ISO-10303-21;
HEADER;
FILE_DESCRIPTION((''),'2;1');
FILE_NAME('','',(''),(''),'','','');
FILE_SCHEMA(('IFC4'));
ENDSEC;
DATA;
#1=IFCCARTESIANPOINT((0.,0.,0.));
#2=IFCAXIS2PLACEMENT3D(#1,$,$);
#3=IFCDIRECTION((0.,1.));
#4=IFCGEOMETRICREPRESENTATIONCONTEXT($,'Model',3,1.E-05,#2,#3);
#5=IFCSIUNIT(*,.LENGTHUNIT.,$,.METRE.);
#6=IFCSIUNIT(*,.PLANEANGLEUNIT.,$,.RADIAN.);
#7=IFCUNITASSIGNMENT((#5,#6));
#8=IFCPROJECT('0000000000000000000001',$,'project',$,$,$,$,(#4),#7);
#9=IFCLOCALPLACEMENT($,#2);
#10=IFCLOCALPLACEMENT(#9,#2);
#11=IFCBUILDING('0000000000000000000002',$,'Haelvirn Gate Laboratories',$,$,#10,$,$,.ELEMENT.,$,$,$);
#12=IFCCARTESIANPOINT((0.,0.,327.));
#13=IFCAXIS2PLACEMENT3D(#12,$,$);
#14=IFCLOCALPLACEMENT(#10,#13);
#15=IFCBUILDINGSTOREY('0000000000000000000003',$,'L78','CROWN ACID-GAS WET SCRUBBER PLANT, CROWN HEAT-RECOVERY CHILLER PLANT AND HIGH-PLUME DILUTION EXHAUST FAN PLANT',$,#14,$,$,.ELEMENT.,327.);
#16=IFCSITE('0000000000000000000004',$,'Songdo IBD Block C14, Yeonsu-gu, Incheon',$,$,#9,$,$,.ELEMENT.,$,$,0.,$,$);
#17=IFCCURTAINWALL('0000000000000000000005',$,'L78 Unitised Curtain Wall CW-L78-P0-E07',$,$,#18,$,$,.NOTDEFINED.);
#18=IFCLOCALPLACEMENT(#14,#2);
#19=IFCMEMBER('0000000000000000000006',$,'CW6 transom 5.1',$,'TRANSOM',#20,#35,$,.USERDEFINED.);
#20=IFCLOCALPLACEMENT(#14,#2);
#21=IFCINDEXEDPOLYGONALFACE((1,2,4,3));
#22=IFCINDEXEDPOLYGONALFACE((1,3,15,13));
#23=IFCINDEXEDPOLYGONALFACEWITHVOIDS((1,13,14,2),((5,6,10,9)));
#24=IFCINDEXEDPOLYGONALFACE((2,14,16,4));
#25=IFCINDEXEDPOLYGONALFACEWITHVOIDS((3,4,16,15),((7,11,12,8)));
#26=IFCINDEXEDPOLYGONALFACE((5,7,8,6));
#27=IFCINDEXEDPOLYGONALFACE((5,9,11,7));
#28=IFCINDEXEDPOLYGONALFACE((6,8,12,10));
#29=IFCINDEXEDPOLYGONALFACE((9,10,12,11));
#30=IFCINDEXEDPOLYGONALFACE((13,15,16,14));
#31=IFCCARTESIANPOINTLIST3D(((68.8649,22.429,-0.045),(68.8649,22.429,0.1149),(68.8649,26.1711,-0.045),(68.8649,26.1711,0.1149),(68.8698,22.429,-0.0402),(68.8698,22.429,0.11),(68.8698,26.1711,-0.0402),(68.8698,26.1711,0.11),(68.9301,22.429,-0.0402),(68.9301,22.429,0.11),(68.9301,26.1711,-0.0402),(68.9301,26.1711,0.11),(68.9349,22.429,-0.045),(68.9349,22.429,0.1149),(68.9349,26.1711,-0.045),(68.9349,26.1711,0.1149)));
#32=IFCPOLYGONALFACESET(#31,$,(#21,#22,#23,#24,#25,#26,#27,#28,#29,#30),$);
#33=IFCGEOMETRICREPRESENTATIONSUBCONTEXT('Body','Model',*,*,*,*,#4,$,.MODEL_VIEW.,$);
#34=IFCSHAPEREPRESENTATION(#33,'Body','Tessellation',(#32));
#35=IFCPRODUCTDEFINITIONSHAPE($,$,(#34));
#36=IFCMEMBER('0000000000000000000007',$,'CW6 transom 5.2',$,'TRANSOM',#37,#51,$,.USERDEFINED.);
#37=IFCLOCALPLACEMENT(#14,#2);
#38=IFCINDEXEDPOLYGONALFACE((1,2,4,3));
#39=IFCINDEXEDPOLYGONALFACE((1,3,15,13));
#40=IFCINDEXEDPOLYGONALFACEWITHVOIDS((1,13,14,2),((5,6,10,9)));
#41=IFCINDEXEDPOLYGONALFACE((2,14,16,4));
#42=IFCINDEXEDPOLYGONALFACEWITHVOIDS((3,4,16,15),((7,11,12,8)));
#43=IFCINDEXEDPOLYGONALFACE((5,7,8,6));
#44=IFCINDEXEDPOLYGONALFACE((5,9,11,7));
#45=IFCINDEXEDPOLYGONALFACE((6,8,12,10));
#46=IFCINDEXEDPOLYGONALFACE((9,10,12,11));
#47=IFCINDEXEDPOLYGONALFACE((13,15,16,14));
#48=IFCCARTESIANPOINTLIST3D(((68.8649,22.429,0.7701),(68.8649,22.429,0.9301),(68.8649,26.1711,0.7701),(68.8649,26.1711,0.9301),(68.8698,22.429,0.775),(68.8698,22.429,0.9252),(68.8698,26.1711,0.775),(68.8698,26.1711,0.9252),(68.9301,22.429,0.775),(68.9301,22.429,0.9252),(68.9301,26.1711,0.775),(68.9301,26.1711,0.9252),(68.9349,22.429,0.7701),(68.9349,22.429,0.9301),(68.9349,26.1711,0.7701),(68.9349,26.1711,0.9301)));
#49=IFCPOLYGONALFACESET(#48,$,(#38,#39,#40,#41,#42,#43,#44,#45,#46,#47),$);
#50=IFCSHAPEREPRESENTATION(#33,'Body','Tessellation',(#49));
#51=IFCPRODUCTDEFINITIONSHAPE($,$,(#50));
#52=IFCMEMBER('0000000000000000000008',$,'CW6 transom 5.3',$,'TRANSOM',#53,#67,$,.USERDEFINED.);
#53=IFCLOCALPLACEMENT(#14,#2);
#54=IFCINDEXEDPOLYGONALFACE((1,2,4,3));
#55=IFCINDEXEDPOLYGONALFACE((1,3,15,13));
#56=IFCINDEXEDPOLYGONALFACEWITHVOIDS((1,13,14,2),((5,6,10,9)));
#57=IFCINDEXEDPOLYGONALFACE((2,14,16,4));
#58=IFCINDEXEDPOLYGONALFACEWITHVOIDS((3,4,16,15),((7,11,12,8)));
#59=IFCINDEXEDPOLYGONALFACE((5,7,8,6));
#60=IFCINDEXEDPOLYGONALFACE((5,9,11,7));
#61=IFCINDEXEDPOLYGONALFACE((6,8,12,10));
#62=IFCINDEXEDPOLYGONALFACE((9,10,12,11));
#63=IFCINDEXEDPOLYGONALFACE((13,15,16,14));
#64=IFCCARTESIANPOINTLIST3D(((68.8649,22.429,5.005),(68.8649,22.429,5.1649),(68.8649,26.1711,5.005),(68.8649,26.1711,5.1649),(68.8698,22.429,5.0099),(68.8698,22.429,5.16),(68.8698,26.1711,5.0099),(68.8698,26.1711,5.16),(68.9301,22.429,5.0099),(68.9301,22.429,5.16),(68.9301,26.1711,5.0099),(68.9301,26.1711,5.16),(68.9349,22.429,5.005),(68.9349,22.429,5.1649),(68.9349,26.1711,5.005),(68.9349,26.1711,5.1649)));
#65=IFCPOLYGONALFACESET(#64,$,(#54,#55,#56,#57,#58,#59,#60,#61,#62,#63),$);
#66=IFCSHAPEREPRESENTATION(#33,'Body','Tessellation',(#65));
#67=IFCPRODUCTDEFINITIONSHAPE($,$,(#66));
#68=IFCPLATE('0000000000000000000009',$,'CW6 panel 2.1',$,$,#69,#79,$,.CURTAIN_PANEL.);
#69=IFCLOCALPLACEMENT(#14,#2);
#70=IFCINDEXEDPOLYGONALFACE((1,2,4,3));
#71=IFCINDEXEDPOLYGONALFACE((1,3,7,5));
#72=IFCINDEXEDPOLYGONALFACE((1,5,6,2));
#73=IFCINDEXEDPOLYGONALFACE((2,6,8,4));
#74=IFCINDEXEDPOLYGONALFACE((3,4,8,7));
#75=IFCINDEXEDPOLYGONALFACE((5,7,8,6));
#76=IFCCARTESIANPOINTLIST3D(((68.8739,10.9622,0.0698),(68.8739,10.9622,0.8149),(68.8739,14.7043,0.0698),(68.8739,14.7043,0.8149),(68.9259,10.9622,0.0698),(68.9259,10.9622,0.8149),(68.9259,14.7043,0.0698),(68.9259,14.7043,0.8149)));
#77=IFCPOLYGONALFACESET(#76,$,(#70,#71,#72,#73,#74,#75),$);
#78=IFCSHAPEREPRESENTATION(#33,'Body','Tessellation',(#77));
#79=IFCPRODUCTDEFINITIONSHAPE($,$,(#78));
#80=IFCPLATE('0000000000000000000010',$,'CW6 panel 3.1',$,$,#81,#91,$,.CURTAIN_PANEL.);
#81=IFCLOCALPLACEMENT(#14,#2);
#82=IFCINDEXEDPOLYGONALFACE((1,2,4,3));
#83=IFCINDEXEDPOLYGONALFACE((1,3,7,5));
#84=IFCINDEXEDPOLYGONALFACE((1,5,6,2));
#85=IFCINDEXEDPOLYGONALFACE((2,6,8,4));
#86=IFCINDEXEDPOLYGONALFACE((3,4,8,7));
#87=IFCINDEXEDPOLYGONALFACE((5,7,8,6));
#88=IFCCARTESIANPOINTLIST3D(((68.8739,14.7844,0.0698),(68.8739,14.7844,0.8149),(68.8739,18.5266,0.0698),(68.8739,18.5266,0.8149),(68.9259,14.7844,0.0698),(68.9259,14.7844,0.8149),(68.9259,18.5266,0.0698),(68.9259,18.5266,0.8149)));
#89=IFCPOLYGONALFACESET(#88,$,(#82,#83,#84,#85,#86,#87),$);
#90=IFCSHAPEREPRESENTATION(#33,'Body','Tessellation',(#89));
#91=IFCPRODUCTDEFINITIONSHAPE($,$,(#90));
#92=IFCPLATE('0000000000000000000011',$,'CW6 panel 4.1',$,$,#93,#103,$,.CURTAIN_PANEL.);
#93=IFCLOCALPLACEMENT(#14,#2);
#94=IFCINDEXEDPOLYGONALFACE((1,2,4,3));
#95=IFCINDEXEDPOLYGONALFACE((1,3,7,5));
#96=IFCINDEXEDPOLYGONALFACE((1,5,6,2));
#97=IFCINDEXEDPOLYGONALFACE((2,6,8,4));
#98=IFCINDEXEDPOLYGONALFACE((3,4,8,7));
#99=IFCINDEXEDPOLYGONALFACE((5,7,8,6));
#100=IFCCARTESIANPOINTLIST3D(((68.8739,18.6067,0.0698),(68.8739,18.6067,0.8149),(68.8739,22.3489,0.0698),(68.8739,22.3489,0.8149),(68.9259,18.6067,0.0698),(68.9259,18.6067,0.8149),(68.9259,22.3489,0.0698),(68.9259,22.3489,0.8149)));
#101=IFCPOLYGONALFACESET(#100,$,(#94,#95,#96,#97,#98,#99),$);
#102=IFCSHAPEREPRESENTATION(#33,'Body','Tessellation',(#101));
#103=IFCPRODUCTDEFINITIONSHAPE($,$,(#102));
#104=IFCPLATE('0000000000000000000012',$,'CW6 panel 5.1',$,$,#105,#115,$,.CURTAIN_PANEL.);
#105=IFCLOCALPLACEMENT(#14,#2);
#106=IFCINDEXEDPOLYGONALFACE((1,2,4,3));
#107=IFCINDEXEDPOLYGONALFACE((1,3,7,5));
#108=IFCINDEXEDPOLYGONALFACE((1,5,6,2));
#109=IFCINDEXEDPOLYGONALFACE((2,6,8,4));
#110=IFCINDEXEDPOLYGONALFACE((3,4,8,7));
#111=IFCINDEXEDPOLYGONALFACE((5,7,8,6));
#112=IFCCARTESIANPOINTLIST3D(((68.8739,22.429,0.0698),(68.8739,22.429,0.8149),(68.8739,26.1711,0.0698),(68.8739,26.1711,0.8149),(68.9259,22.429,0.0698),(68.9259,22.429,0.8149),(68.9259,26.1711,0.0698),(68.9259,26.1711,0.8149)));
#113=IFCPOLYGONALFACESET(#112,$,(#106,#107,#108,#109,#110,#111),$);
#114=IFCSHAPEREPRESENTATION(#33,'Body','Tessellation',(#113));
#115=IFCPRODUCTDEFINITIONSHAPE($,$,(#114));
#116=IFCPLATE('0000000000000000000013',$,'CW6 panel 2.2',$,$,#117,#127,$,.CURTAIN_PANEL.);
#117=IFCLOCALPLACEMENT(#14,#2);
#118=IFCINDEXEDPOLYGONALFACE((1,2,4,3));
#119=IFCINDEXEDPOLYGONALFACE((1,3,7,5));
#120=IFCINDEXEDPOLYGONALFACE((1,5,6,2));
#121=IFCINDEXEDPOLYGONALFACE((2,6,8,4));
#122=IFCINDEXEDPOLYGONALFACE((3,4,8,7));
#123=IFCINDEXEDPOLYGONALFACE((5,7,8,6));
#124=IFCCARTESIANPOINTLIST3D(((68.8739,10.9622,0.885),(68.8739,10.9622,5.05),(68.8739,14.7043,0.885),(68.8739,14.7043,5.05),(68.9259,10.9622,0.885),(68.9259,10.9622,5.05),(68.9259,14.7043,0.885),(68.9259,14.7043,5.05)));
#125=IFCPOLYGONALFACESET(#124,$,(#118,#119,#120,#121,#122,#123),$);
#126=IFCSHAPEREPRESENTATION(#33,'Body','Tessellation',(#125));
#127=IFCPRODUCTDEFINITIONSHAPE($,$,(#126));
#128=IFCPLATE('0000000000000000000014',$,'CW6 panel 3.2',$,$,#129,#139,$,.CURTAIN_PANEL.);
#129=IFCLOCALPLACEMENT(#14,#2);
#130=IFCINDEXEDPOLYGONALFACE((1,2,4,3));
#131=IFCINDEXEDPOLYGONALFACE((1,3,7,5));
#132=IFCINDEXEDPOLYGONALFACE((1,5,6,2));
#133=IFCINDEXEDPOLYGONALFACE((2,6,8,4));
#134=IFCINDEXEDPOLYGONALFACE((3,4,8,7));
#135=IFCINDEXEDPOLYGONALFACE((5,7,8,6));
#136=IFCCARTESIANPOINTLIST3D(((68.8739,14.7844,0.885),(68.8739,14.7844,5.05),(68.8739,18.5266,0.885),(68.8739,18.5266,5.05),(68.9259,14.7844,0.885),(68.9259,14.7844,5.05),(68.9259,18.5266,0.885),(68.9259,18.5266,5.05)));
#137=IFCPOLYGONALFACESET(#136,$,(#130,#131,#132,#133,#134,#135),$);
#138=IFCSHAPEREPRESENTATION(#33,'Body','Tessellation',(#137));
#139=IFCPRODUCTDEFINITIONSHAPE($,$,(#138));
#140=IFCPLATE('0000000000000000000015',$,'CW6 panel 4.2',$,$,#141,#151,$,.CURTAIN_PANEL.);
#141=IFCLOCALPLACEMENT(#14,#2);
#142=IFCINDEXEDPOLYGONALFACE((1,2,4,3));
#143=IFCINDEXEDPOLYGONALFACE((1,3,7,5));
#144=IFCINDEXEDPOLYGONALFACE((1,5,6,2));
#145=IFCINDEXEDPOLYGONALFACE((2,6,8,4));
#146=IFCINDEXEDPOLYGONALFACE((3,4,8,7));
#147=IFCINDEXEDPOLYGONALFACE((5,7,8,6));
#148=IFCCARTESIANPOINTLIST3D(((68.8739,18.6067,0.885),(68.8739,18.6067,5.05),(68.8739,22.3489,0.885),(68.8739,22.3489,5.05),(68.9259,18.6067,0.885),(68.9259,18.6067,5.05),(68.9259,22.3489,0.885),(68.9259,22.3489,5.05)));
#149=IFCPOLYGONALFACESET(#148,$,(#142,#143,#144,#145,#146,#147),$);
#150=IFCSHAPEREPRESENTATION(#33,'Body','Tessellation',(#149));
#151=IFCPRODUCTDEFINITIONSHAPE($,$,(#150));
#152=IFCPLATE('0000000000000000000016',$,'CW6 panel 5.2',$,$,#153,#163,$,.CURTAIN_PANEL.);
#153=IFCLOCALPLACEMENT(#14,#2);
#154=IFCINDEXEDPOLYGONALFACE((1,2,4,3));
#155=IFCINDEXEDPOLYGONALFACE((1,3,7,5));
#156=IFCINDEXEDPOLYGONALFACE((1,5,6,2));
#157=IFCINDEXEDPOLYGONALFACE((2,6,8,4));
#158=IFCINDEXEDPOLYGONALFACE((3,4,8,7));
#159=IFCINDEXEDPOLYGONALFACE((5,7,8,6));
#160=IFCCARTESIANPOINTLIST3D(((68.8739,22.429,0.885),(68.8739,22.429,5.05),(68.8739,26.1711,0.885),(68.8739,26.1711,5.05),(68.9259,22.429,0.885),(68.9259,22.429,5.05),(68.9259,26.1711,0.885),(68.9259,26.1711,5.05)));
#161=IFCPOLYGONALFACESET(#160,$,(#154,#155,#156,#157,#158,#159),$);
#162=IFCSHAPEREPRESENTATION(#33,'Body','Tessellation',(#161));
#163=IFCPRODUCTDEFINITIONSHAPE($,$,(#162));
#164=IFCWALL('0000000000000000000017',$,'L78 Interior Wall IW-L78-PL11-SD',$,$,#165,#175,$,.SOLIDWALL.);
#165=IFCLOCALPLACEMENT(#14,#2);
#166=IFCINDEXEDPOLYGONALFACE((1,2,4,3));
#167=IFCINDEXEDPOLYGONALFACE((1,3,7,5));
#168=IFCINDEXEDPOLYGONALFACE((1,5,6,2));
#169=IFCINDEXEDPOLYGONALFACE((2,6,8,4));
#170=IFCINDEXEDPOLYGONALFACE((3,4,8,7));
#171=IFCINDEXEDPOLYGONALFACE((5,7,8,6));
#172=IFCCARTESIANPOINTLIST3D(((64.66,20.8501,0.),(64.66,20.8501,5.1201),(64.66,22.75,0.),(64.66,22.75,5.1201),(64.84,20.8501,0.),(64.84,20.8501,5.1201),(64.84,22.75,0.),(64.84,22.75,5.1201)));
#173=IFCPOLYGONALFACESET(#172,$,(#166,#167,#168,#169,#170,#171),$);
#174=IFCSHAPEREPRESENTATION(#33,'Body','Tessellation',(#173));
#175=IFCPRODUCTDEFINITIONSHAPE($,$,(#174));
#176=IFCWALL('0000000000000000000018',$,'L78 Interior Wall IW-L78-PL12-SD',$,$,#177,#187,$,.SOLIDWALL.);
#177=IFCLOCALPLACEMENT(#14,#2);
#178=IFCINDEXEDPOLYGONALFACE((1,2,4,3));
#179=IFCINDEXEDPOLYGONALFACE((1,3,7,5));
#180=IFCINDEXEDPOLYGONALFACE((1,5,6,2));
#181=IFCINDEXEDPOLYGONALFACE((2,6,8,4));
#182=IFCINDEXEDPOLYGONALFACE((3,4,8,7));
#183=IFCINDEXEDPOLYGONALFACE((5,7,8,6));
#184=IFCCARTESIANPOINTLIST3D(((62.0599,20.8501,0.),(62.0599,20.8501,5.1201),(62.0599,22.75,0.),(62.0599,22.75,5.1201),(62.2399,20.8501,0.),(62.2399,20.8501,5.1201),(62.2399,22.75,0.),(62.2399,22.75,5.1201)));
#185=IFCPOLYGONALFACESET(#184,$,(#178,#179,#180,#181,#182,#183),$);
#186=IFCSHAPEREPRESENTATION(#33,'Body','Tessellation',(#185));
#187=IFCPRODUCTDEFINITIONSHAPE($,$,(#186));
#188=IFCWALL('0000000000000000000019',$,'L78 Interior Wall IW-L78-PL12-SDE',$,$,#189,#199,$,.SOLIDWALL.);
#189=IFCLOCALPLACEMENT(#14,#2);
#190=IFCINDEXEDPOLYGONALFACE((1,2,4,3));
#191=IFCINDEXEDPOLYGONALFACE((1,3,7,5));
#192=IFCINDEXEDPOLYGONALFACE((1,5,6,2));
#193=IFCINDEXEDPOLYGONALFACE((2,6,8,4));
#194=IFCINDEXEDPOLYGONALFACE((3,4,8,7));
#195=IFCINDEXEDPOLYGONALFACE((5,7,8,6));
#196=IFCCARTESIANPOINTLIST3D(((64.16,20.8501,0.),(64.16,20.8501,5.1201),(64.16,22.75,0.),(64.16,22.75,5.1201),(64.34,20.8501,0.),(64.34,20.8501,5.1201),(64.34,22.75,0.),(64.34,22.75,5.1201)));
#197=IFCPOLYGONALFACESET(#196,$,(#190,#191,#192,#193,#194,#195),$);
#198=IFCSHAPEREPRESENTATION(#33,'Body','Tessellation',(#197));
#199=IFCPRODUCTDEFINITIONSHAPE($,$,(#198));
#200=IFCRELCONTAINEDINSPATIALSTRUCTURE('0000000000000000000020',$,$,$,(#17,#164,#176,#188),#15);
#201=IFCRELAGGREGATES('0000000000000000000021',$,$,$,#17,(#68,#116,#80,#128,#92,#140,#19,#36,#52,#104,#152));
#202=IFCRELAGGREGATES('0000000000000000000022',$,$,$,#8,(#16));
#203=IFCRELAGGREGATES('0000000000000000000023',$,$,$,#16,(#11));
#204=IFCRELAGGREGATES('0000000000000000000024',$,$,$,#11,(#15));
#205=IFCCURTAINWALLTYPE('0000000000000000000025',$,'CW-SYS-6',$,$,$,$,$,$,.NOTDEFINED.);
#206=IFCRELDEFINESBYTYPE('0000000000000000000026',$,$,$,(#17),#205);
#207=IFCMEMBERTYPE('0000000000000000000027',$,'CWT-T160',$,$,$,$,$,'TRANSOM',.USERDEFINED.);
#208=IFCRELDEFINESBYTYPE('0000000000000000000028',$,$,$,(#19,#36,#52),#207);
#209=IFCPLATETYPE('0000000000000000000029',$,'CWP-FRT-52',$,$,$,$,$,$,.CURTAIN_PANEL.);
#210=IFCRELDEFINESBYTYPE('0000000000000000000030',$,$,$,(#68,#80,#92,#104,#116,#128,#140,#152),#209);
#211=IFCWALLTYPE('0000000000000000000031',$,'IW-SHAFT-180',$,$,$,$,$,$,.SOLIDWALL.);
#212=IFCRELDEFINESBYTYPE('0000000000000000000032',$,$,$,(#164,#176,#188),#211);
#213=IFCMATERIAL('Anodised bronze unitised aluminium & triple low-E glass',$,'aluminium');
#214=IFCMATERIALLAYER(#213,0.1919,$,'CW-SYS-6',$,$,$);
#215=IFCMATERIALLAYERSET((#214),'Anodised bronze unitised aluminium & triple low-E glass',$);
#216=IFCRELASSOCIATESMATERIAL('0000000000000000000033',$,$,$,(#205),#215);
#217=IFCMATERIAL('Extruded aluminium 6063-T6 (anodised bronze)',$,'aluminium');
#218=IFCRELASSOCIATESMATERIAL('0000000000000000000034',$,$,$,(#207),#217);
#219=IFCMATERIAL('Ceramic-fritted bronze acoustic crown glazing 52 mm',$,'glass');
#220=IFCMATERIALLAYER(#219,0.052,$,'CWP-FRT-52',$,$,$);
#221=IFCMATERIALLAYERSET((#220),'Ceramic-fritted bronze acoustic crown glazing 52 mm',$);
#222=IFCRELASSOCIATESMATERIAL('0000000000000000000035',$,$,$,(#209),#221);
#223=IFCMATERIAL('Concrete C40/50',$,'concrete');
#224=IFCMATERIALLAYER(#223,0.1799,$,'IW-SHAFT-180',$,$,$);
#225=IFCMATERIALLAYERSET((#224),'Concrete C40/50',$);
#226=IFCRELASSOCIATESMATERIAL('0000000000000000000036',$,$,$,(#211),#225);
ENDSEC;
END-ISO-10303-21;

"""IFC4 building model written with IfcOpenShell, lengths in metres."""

from ifc_helpers import new_model, si_unit, direction, frame, frame_2d, origin, origin_2d, place, context, subcontext, project, spatial, rectangle, hollow_rectangle, extrude, source, transform, mapped, material, layer, layer_set, material_profile, profile_set, type_object, type_shapes, element, aggregate, save


model = new_model("IFC4")

# Units and contexts
model_context = context("Model", 3, precision=1e-05, world=origin(), true_north=direction((0.0, 1.0)))
body_context = subcontext(model_context, "Body", "Model", "MODEL_VIEW")
ifc_project = project(units=[si_unit("LENGTHUNIT", "METRE"), si_unit("PLANEANGLEUNIT", "RADIAN")], contexts=[model_context])

# Site, building, storey
site_placement = place(None, origin())
site = spatial("IfcSite", under=ifc_project, at=site_placement, Name="Songdo IBD Block C14, Yeonsu-gu, Incheon", CompositionType="ELEMENT", RefElevation=0.0)
building_placement = place(site_placement, origin())
building = spatial("IfcBuilding", under=site, at=building_placement, Name="Haelvirn Gate Laboratories", CompositionType="ELEMENT")
storey_placement = place(building_placement, frame((0.0, 0.0, 327.0)))
storey = spatial("IfcBuildingStorey", under=building, at=storey_placement, Name="L78", Description="CROWN ACID-GAS WET SCRUBBER PLANT, CROWN HEAT-RECOVERY CHILLER PLANT AND HIGH-PLUME DILUTION EXHAUST FAN PLANT", CompositionType="ELEMENT", Elevation=327.0)

# Curtain wall, members, plates
ifc_material_1 = material(Name="Anodised bronze unitised aluminium & triple low-E glass", Category="aluminium")
ifc_layer_1 = layer(ifc_material_1, 0.1919, Name="CW-SYS-6")
ifc_layer_set_1 = layer_set([ifc_layer_1], Name="Anodised bronze unitised aluminium & triple low-E glass")
curtain_wall_type = type_object("IfcCurtainWallType", Name="CW-SYS-6", PredefinedType="NOTDEFINED", material=ifc_layer_set_1)
curtain_wall_placement = place(storey_placement, origin())
curtain_wall = element("IfcCurtainWall", 1, at=curtain_wall_placement, inside=storey, type_object=curtain_wall_type, Name="L78 Unitised Curtain Wall CW-L78-P0-E07", PredefinedType="NOTDEFINED")
ifc_material_2 = material(Name="Extruded aluminium 6063-T6 (anodised bronze)", Category="aluminium")
ifc_material_profile_1 = material_profile(ifc_material_2, hollow_rectangle(XDim=0.0701, YDim=0.1599, WallThickness=0.0049, at=origin_2d()), Name="CWT-160x70x5")
ifc_profile_set_1 = profile_set([ifc_material_profile_1], Name="Extruded aluminium 6063-T6 (anodised bronze)")
member_type_1 = type_object("IfcMemberType", Name="CWT-T160", ElementType="TRANSOM", PredefinedType="USERDEFINED", material=ifc_profile_set_1)
shared_shape_1 = source(origin(), body_context, "Body", "SweptSolid", [
    extrude(hollow_rectangle(XDim=0.0701, YDim=0.1599, WallThickness=0.0049, at=origin_2d()), origin(), (0.0, 0.0, 1.0), 3.7422),
])
type_shapes(member_type_1, [shared_shape_1])
member_1_placement = place(storey_placement, frame((68.8999, 22.429, 0.0349), z_axis=(0.0, 1.0, 0.0), x_axis=(-1.0, 0.0, 0.0)))
member_1 = element("IfcMember", 2, at=member_1_placement, type_object=member_type_1, Name="CW6 transom 5.1", ObjectType="TRANSOM", PredefinedType="USERDEFINED", context=body_context, shape_type="MappedRepresentation", body=[
    mapped(shared_shape_1, transform((0.0, 0.0, 0.0), scale=1.0)),
])
member_2_placement = place(storey_placement, frame((68.8999, 22.429, 0.8501), z_axis=(0.0, 1.0, 0.0), x_axis=(-1.0, 0.0, 0.0)))
member_2 = element("IfcMember", 3, at=member_2_placement, type_object=member_type_1, Name="CW6 transom 5.2", ObjectType="TRANSOM", PredefinedType="USERDEFINED", context=body_context, shape_type="MappedRepresentation", body=[
    mapped(shared_shape_1, transform((0.0, 0.0, 0.0), scale=1.0)),
])
member_3_placement = place(storey_placement, frame((68.8999, 22.429, 5.085), z_axis=(0.0, 1.0, 0.0), x_axis=(-1.0, 0.0, 0.0)))
member_3 = element("IfcMember", 4, at=member_3_placement, type_object=member_type_1, Name="CW6 transom 5.3", ObjectType="TRANSOM", PredefinedType="USERDEFINED", context=body_context, shape_type="MappedRepresentation", body=[
    mapped(shared_shape_1, transform((0.0, 0.0, 0.0), scale=1.0)),
])
ifc_material_3 = material(Name="Ceramic-fritted bronze acoustic crown glazing 52 mm", Category="glass")
ifc_layer_2 = layer(ifc_material_3, 0.052, Name="CWP-FRT-52")
ifc_layer_set_2 = layer_set([ifc_layer_2], Name="Ceramic-fritted bronze acoustic crown glazing 52 mm")
plate_type = type_object("IfcPlateType", Name="CWP-FRT-52", PredefinedType="CURTAIN_PANEL", material=ifc_layer_set_2)
shared_shape_2 = source(origin(), body_context, "Body", "SweptSolid", [
    extrude(rectangle(XDim=3.7422, YDim=0.052, at=origin_2d()), origin(), (0.0, 0.0, 1.0), 0.7451),
])
plate_1_placement = place(storey_placement, frame((68.8999, 12.8333, 0.0698), z_axis=(0.0, 0.0, 1.0), x_axis=(0.0, 1.0, 0.0)))
plate_1 = element("IfcPlate", 5, at=plate_1_placement, type_object=plate_type, Name="CW6 panel 2.1", PredefinedType="CURTAIN_PANEL", context=body_context, shape_type="MappedRepresentation", body=[
    mapped(shared_shape_2, transform((0.0, 0.0, 0.0), scale=1.0)),
])
plate_2_placement = place(storey_placement, frame((68.8999, 16.6555, 0.0698), z_axis=(0.0, 0.0, 1.0), x_axis=(0.0, 1.0, 0.0)))
plate_2 = element("IfcPlate", 6, at=plate_2_placement, type_object=plate_type, Name="CW6 panel 3.1", PredefinedType="CURTAIN_PANEL", context=body_context, shape_type="MappedRepresentation", body=[
    mapped(shared_shape_2, transform((0.0, 0.0, 0.0), scale=1.0)),
])
plate_3_placement = place(storey_placement, frame((68.8999, 20.4778, 0.0698), z_axis=(0.0, 0.0, 1.0), x_axis=(0.0, 1.0, 0.0)))
plate_3 = element("IfcPlate", 7, at=plate_3_placement, type_object=plate_type, Name="CW6 panel 4.1", PredefinedType="CURTAIN_PANEL", context=body_context, shape_type="MappedRepresentation", body=[
    mapped(shared_shape_2, transform((0.0, 0.0, 0.0), scale=1.0)),
])
plate_4_placement = place(storey_placement, frame((68.8999, 24.3, 0.0698), z_axis=(0.0, 0.0, 1.0), x_axis=(0.0, 1.0, 0.0)))
plate_4 = element("IfcPlate", 8, at=plate_4_placement, type_object=plate_type, Name="CW6 panel 5.1", PredefinedType="CURTAIN_PANEL", context=body_context, shape_type="MappedRepresentation", body=[
    mapped(shared_shape_2, transform((0.0, 0.0, 0.0), scale=1.0)),
])
shared_shape_3 = source(origin(), body_context, "Body", "SweptSolid", [
    extrude(rectangle(XDim=3.7422, YDim=0.052, at=origin_2d()), origin(), (0.0, 0.0, 1.0), 4.165),
])
type_shapes(plate_type, [shared_shape_2, shared_shape_3])
plate_5_placement = place(storey_placement, frame((68.8999, 12.8333, 0.885), z_axis=(0.0, 0.0, 1.0), x_axis=(0.0, 1.0, 0.0)))
plate_5 = element("IfcPlate", 9, at=plate_5_placement, type_object=plate_type, Name="CW6 panel 2.2", PredefinedType="CURTAIN_PANEL", context=body_context, shape_type="MappedRepresentation", body=[
    mapped(shared_shape_3, transform((0.0, 0.0, 0.0), scale=1.0)),
])
plate_6_placement = place(storey_placement, frame((68.8999, 16.6555, 0.885), z_axis=(0.0, 0.0, 1.0), x_axis=(0.0, 1.0, 0.0)))
plate_6 = element("IfcPlate", 10, at=plate_6_placement, type_object=plate_type, Name="CW6 panel 3.2", PredefinedType="CURTAIN_PANEL", context=body_context, shape_type="MappedRepresentation", body=[
    mapped(shared_shape_3, transform((0.0, 0.0, 0.0), scale=1.0)),
])
plate_7_placement = place(storey_placement, frame((68.8999, 20.4778, 0.885), z_axis=(0.0, 0.0, 1.0), x_axis=(0.0, 1.0, 0.0)))
plate_7 = element("IfcPlate", 11, at=plate_7_placement, type_object=plate_type, Name="CW6 panel 4.2", PredefinedType="CURTAIN_PANEL", context=body_context, shape_type="MappedRepresentation", body=[
    mapped(shared_shape_3, transform((0.0, 0.0, 0.0), scale=1.0)),
])
plate_8_placement = place(storey_placement, frame((68.8999, 24.3, 0.885), z_axis=(0.0, 0.0, 1.0), x_axis=(0.0, 1.0, 0.0)))
plate_8 = element("IfcPlate", 12, at=plate_8_placement, type_object=plate_type, Name="CW6 panel 5.2", PredefinedType="CURTAIN_PANEL", context=body_context, shape_type="MappedRepresentation", body=[
    mapped(shared_shape_3, transform((0.0, 0.0, 0.0), scale=1.0)),
])
aggregate(curtain_wall, [plate_1, plate_5, plate_2, plate_6, plate_3, plate_7, member_1, member_2, member_3, plate_4, plate_8])

# Walls
ifc_material_4 = material(Name="Concrete C40/50", Category="concrete")
ifc_layer_3 = layer(ifc_material_4, 0.1799, Name="IW-SHAFT-180")
ifc_layer_set_3 = layer_set([ifc_layer_3], Name="Concrete C40/50")
wall_type_1 = type_object("IfcWallType", Name="IW-SHAFT-180", PredefinedType="SOLIDWALL", material=ifc_layer_set_3)
for number, where, z_axis, x_axis, name in (
    (13, (64.75, 20.8501, 0.0), (0.0, 0.0, 1.0), (0.0, 1.0, 0.0), "L78 Interior Wall IW-L78-PL11-SD"),
    (14, (62.1499, 20.8501, 0.0), (0.0, 0.0, 1.0), (0.0, 1.0, 0.0), "L78 Interior Wall IW-L78-PL12-SD"),
    (15, (64.25, 20.8501, 0.0), (0.0, 0.0, 1.0), (0.0, 1.0, 0.0), "L78 Interior Wall IW-L78-PL12-SDE"),
):
    element("IfcWall", number, at=place(storey_placement, frame(where, z_axis=z_axis, x_axis=x_axis)), inside=storey, type_object=wall_type_1, Name=name, PredefinedType="SOLIDWALL", context=body_context, shape_type="SweptSolid", body=[
        extrude(rectangle(XDim=1.8999, YDim=0.1799, at=frame_2d((0.95, 0.0))), origin(), (0.0, 0.0, 1.0), 5.1201),
    ])

save(model, "model.ifc")
